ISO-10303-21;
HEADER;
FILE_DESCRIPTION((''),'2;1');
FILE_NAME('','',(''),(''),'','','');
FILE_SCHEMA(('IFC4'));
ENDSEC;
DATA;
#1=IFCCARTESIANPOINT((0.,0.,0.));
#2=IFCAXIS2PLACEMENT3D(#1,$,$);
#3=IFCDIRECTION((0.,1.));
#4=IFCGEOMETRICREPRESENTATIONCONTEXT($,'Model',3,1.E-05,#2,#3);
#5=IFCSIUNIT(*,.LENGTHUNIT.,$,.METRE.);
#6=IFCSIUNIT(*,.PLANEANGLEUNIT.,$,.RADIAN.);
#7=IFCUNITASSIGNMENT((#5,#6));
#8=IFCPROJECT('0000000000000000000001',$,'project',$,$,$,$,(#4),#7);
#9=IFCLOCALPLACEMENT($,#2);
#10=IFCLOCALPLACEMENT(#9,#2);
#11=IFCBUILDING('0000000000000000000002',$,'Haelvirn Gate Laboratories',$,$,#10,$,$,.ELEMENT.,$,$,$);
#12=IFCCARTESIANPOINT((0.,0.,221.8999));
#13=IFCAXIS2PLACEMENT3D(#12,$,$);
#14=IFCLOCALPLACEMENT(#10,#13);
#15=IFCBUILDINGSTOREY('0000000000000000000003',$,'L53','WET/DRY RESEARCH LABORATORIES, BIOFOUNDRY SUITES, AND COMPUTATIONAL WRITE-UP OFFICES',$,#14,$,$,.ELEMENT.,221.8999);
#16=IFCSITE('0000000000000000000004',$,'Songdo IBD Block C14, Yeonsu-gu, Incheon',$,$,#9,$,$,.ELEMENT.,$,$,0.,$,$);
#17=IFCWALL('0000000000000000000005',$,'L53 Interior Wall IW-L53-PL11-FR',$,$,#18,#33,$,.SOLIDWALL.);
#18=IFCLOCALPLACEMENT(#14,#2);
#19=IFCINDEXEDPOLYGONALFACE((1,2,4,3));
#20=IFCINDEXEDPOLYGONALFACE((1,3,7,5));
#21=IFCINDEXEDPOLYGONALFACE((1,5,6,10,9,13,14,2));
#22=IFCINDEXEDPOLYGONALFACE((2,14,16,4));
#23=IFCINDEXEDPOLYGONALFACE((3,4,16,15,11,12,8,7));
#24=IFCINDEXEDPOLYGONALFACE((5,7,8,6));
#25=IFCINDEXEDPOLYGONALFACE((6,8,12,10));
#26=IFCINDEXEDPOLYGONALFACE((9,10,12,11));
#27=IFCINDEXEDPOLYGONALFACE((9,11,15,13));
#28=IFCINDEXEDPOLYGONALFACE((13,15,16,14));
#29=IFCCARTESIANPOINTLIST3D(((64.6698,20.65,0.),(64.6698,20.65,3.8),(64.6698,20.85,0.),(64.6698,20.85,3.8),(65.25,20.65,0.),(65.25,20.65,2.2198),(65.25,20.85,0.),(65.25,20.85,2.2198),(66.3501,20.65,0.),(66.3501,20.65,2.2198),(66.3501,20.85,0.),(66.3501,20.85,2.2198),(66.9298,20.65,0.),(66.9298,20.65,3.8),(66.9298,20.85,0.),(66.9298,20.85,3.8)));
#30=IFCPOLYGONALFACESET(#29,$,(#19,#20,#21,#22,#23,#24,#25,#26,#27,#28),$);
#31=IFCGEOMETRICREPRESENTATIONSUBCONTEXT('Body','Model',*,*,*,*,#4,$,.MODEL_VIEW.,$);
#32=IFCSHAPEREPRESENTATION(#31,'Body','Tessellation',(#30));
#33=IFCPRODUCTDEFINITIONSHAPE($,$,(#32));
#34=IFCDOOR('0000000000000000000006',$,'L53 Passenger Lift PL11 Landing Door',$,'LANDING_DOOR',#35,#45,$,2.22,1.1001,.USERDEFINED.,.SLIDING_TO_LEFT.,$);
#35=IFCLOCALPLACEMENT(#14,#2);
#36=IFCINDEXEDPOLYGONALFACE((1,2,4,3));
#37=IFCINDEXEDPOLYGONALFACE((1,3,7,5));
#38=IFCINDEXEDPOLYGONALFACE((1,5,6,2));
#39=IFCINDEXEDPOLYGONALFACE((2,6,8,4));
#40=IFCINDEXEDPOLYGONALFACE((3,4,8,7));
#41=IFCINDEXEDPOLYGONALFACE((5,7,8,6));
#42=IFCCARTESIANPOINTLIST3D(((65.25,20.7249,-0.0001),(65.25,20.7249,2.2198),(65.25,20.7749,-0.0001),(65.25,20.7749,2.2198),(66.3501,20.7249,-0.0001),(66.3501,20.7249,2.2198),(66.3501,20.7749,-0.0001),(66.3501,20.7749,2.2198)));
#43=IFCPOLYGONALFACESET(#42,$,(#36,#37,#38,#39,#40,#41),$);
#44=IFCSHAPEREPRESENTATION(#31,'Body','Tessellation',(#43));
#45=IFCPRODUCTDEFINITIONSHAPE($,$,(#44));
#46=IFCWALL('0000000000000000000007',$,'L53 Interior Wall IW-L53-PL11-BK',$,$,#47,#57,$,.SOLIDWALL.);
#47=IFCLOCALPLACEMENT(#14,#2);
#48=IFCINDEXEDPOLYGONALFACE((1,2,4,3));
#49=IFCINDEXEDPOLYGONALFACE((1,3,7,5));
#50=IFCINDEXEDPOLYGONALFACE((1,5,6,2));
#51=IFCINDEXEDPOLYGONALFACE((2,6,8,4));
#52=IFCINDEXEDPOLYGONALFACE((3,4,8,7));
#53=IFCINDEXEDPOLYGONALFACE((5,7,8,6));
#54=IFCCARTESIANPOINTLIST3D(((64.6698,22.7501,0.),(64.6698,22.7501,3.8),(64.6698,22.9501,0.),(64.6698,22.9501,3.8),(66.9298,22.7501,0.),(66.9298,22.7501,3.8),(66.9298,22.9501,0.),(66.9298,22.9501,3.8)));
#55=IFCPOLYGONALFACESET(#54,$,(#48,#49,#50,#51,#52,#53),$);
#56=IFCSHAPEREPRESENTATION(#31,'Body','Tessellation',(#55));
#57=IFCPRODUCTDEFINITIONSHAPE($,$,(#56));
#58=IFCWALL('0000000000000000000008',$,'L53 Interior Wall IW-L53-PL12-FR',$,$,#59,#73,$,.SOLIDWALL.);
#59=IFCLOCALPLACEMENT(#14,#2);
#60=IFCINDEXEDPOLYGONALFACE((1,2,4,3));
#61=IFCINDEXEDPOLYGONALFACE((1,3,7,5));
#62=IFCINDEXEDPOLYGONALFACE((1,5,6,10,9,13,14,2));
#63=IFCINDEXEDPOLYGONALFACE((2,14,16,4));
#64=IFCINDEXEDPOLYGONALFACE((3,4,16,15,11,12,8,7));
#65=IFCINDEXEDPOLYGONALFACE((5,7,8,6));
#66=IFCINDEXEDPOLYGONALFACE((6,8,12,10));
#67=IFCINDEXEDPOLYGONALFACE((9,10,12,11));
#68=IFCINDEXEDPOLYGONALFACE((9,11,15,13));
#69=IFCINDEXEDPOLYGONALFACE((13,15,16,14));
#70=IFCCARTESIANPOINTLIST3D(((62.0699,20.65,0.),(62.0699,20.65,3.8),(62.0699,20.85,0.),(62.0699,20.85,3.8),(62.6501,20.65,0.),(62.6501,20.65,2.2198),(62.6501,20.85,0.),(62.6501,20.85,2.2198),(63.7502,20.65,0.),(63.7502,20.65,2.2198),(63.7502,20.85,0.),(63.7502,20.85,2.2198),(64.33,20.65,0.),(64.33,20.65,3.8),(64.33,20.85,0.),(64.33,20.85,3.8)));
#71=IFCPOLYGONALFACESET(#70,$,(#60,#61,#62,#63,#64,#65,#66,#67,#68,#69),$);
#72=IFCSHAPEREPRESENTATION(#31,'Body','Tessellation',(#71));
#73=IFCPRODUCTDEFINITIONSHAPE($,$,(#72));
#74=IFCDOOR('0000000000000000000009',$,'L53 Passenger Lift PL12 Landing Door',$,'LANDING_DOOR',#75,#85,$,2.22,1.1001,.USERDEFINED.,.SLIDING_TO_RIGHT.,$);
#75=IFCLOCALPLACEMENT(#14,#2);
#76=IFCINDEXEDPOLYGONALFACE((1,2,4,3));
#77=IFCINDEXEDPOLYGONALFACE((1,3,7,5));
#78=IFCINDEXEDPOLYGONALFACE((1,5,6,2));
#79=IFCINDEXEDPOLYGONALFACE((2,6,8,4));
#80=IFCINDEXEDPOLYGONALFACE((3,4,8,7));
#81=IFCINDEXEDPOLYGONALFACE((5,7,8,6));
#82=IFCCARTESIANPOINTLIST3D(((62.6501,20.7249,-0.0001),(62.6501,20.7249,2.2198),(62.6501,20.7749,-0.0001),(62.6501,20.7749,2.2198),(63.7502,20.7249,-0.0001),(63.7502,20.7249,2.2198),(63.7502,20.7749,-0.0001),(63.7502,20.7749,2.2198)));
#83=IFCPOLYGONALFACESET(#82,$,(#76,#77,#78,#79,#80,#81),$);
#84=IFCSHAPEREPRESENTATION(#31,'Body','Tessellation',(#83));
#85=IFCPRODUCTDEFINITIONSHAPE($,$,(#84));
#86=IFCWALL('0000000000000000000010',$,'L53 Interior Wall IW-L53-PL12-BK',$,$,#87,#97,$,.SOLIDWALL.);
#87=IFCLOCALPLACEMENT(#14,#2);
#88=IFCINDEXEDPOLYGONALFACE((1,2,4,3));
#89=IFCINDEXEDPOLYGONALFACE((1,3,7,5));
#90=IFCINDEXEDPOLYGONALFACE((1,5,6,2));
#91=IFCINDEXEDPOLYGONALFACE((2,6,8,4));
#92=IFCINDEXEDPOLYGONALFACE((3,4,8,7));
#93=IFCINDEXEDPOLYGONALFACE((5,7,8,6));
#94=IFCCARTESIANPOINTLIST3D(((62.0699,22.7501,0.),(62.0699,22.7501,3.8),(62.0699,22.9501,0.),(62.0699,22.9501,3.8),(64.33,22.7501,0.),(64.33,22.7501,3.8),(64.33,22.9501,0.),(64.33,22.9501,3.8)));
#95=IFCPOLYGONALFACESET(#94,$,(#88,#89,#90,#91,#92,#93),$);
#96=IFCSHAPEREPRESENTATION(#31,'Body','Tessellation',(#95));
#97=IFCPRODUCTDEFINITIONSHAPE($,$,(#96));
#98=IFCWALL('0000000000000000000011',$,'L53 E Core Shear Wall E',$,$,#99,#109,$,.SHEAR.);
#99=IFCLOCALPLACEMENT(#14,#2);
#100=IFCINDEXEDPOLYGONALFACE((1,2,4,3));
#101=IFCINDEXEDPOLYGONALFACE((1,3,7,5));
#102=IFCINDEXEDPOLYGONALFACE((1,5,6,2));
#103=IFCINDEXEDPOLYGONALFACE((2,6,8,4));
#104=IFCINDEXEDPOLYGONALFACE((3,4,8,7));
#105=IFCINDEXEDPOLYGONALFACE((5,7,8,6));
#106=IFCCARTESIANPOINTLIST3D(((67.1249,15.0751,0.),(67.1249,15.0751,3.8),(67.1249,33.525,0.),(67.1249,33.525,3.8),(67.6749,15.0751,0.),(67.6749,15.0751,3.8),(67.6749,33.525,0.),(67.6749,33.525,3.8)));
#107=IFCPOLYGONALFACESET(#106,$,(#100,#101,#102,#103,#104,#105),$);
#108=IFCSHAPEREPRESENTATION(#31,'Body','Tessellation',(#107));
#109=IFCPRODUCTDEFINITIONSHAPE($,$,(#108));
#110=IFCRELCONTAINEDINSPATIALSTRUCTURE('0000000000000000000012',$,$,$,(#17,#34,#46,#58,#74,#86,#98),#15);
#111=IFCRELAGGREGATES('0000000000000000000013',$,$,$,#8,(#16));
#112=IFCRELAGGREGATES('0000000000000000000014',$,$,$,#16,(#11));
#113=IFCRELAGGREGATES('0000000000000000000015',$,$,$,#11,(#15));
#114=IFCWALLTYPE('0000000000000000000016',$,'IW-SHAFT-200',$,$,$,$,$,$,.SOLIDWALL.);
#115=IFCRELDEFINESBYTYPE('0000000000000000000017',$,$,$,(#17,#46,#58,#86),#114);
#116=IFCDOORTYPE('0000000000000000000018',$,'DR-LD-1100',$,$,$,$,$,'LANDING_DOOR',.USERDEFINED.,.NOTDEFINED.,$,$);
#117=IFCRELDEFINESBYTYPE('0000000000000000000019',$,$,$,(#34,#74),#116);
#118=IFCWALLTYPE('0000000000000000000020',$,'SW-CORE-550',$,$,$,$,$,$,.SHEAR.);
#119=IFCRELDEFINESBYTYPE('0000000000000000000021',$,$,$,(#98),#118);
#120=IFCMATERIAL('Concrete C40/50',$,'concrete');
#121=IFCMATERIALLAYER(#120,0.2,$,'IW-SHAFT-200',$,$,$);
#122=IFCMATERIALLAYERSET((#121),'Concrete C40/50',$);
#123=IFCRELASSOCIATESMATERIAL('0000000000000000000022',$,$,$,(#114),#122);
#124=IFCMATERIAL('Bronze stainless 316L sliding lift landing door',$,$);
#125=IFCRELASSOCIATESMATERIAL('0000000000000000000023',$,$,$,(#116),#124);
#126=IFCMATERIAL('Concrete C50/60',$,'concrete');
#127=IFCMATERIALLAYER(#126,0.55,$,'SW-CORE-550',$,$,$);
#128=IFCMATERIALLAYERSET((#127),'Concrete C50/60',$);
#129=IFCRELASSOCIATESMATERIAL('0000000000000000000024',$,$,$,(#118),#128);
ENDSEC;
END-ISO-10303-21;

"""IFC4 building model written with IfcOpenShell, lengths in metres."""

from ifc_helpers import new_model, si_unit, direction, frame, frame_2d, origin, place, context, subcontext, project, spatial, rectangle, extrude, source, transform, mapped, material, layer, layer_set, type_object, type_shapes, element, fill, save


model = new_model("IFC4")

# Units and contexts
model_context = context("Model", 3, precision=1e-05, world=origin(), true_north=direction((0.0, 1.0)))
body_context = subcontext(model_context, "Body", "Model", "MODEL_VIEW")
ifc_project = project(units=[si_unit("LENGTHUNIT", "METRE"), si_unit("PLANEANGLEUNIT", "RADIAN")], contexts=[model_context])

# Site, building, storey
site_placement = place(None, origin())
site = spatial("IfcSite", under=ifc_project, at=site_placement, Name="Songdo IBD Block C14, Yeonsu-gu, Incheon", CompositionType="ELEMENT", RefElevation=0.0)
building_placement = place(site_placement, origin())
building = spatial("IfcBuilding", under=site, at=building_placement, Name="Haelvirn Gate Laboratories", CompositionType="ELEMENT")
storey_placement = place(building_placement, frame((0.0, 0.0, 221.8999)))
storey = spatial("IfcBuildingStorey", under=building, at=storey_placement, Name="L53", Description="WET/DRY RESEARCH LABORATORIES, BIOFOUNDRY SUITES, AND COMPUTATIONAL WRITE-UP OFFICES", CompositionType="ELEMENT", Elevation=221.8999)

# Shared definitions
ifc_material_1 = material(Name="Concrete C50/60", Category="concrete")

# Shared definitions
ifc_material_2 = material(Name="Concrete C40/50", Category="concrete")

# Wall, opening, door
ifc_layer_1 = layer(ifc_material_2, 0.2, Name="IW-SHAFT-200")
ifc_layer_set_1 = layer_set([ifc_layer_1], Name="Concrete C40/50")
wall_type_1 = type_object("IfcWallType", Name="IW-SHAFT-200", PredefinedType="SOLIDWALL", material=ifc_layer_set_1)
wall_1_placement = place(storey_placement, frame((64.6699, 20.75, 0.0), z_axis=(0.0, 0.0, 1.0), x_axis=(1.0, 0.0, 0.0)))
wall_1 = element("IfcWall", 1, at=wall_1_placement, inside=storey, type_object=wall_type_1, Name="L53 Interior Wall IW-L53-PL11-FR", PredefinedType="SOLIDWALL", context=body_context, shape_type="SweptSolid", body=[
    extrude(rectangle(XDim=2.26, YDim=0.2, at=frame_2d((1.1299, 0.0))), origin(), (0.0, 0.0, 1.0), 3.8),
])
opening_1_placement = place(wall_1_placement, frame((0.5801, 0.0, 0.0)))
opening_1 = element("IfcOpeningElement", 2, at=opening_1_placement, cuts=wall_1, PredefinedType="OPENING", context=body_context, shape_type="SweptSolid", body=[
    extrude(rectangle(XDim=1.1001, YDim=2.22, at=frame_2d((0.55, 1.1099))), frame((0.0, 0.1099, 0.0), z_axis=(0.0, -1.0, 0.0), x_axis=(1.0, 0.0, 0.0)), (0.0, 0.0, 1.0), 0.22),
])
ifc_material_3 = material(Name="Bronze stainless 316L sliding lift landing door")
door_type_1 = type_object("IfcDoorType", Name="DR-LD-1100", ElementType="LANDING_DOOR", OperationType="NOTDEFINED", PredefinedType="USERDEFINED", material=ifc_material_3)
shared_shape_1 = source(origin(), body_context, "Body", "SweptSolid", [
    extrude(rectangle(XDim=1.1001, YDim=2.22, at=frame_2d((0.55, 1.1099))), frame((0.0, 0.0249, 0.0), z_axis=(0.0, -1.0, 0.0), x_axis=(1.0, 0.0, 0.0)), (0.0, 0.0, 1.0), 0.05),
])
type_shapes(door_type_1, [shared_shape_1])
door_1_placement = place(opening_1_placement, origin())
door_1 = element("IfcDoor", 3, at=door_1_placement, inside=storey, type_object=door_type_1, Name="L53 Passenger Lift PL11 Landing Door", ObjectType="LANDING_DOOR", OperationType="SLIDING_TO_LEFT", OverallHeight=2.22, OverallWidth=1.1001, PredefinedType="USERDEFINED", context=body_context, shape_type="MappedRepresentation", body=[
    mapped(shared_shape_1, transform((0.0, 0.0, 0.0), scale=1.0)),
])
fill(opening_1, door_1)

# Wall
wall_2_placement = place(storey_placement, frame((64.6699, 22.8501, 0.0), z_axis=(0.0, 0.0, 1.0), x_axis=(1.0, 0.0, 0.0)))
element("IfcWall", 4, at=wall_2_placement, inside=storey, type_object=wall_type_1, Name="L53 Interior Wall IW-L53-PL11-BK", PredefinedType="SOLIDWALL", context=body_context, shape_type="SweptSolid", body=[
    extrude(rectangle(XDim=2.26, YDim=0.2, at=frame_2d((1.1299, 0.0))), origin(), (0.0, 0.0, 1.0), 3.8),
])

# Wall, opening, door
wall_3_placement = place(storey_placement, frame((62.0701, 20.75, 0.0), z_axis=(0.0, 0.0, 1.0), x_axis=(1.0, 0.0, 0.0)))
wall_3 = element("IfcWall", 5, at=wall_3_placement, inside=storey, type_object=wall_type_1, Name="L53 Interior Wall IW-L53-PL12-FR", PredefinedType="SOLIDWALL", context=body_context, shape_type="SweptSolid", body=[
    extrude(rectangle(XDim=2.26, YDim=0.2, at=frame_2d((1.1299, 0.0))), origin(), (0.0, 0.0, 1.0), 3.8),
])
opening_2_placement = place(wall_3_placement, frame((0.5801, 0.0, 0.0)))
opening_2 = element("IfcOpeningElement", 6, at=opening_2_placement, cuts=wall_3, PredefinedType="OPENING", context=body_context, shape_type="SweptSolid", body=[
    extrude(rectangle(XDim=1.1001, YDim=2.22, at=frame_2d((0.55, 1.1099))), frame((0.0, 0.1099, 0.0), z_axis=(0.0, -1.0, 0.0), x_axis=(1.0, 0.0, 0.0)), (0.0, 0.0, 1.0), 0.22),
])
door_2_placement = place(opening_2_placement, origin())
door_2 = element("IfcDoor", 7, at=door_2_placement, inside=storey, type_object=door_type_1, Name="L53 Passenger Lift PL12 Landing Door", ObjectType="LANDING_DOOR", OperationType="SLIDING_TO_RIGHT", OverallHeight=2.22, OverallWidth=1.1001, PredefinedType="USERDEFINED", context=body_context, shape_type="MappedRepresentation", body=[
    mapped(shared_shape_1, transform((0.0, 0.0, 0.0), scale=1.0)),
])
fill(opening_2, door_2)

# Walls
wall_4_placement = place(storey_placement, frame((62.0701, 22.8501, 0.0), z_axis=(0.0, 0.0, 1.0), x_axis=(1.0, 0.0, 0.0)))
element("IfcWall", 8, at=wall_4_placement, inside=storey, type_object=wall_type_1, Name="L53 Interior Wall IW-L53-PL12-BK", PredefinedType="SOLIDWALL", context=body_context, shape_type="SweptSolid", body=[
    extrude(rectangle(XDim=2.26, YDim=0.2, at=frame_2d((1.1299, 0.0))), origin(), (0.0, 0.0, 1.0), 3.8),
])
ifc_layer_2 = layer(ifc_material_1, 0.55, Name="SW-CORE-550")
ifc_layer_set_2 = layer_set([ifc_layer_2], Name="Concrete C50/60")
wall_type_2 = type_object("IfcWallType", Name="SW-CORE-550", PredefinedType="SHEAR", material=ifc_layer_set_2)
wall_5_placement = place(storey_placement, frame((67.3999, 15.075, 0.0), z_axis=(0.0, 0.0, 1.0), x_axis=(0.0, 1.0, 0.0)))
element("IfcWall", 9, at=wall_5_placement, inside=storey, type_object=wall_type_2, Name="L53 E Core Shear Wall E", PredefinedType="SHEAR", context=body_context, shape_type="SweptSolid", body=[
    extrude(rectangle(XDim=18.45, YDim=0.55, at=frame_2d((9.2251, 0.0))), origin(), (0.0, 0.0, 1.0), 3.8),
])

save(model, "model.ifc")
